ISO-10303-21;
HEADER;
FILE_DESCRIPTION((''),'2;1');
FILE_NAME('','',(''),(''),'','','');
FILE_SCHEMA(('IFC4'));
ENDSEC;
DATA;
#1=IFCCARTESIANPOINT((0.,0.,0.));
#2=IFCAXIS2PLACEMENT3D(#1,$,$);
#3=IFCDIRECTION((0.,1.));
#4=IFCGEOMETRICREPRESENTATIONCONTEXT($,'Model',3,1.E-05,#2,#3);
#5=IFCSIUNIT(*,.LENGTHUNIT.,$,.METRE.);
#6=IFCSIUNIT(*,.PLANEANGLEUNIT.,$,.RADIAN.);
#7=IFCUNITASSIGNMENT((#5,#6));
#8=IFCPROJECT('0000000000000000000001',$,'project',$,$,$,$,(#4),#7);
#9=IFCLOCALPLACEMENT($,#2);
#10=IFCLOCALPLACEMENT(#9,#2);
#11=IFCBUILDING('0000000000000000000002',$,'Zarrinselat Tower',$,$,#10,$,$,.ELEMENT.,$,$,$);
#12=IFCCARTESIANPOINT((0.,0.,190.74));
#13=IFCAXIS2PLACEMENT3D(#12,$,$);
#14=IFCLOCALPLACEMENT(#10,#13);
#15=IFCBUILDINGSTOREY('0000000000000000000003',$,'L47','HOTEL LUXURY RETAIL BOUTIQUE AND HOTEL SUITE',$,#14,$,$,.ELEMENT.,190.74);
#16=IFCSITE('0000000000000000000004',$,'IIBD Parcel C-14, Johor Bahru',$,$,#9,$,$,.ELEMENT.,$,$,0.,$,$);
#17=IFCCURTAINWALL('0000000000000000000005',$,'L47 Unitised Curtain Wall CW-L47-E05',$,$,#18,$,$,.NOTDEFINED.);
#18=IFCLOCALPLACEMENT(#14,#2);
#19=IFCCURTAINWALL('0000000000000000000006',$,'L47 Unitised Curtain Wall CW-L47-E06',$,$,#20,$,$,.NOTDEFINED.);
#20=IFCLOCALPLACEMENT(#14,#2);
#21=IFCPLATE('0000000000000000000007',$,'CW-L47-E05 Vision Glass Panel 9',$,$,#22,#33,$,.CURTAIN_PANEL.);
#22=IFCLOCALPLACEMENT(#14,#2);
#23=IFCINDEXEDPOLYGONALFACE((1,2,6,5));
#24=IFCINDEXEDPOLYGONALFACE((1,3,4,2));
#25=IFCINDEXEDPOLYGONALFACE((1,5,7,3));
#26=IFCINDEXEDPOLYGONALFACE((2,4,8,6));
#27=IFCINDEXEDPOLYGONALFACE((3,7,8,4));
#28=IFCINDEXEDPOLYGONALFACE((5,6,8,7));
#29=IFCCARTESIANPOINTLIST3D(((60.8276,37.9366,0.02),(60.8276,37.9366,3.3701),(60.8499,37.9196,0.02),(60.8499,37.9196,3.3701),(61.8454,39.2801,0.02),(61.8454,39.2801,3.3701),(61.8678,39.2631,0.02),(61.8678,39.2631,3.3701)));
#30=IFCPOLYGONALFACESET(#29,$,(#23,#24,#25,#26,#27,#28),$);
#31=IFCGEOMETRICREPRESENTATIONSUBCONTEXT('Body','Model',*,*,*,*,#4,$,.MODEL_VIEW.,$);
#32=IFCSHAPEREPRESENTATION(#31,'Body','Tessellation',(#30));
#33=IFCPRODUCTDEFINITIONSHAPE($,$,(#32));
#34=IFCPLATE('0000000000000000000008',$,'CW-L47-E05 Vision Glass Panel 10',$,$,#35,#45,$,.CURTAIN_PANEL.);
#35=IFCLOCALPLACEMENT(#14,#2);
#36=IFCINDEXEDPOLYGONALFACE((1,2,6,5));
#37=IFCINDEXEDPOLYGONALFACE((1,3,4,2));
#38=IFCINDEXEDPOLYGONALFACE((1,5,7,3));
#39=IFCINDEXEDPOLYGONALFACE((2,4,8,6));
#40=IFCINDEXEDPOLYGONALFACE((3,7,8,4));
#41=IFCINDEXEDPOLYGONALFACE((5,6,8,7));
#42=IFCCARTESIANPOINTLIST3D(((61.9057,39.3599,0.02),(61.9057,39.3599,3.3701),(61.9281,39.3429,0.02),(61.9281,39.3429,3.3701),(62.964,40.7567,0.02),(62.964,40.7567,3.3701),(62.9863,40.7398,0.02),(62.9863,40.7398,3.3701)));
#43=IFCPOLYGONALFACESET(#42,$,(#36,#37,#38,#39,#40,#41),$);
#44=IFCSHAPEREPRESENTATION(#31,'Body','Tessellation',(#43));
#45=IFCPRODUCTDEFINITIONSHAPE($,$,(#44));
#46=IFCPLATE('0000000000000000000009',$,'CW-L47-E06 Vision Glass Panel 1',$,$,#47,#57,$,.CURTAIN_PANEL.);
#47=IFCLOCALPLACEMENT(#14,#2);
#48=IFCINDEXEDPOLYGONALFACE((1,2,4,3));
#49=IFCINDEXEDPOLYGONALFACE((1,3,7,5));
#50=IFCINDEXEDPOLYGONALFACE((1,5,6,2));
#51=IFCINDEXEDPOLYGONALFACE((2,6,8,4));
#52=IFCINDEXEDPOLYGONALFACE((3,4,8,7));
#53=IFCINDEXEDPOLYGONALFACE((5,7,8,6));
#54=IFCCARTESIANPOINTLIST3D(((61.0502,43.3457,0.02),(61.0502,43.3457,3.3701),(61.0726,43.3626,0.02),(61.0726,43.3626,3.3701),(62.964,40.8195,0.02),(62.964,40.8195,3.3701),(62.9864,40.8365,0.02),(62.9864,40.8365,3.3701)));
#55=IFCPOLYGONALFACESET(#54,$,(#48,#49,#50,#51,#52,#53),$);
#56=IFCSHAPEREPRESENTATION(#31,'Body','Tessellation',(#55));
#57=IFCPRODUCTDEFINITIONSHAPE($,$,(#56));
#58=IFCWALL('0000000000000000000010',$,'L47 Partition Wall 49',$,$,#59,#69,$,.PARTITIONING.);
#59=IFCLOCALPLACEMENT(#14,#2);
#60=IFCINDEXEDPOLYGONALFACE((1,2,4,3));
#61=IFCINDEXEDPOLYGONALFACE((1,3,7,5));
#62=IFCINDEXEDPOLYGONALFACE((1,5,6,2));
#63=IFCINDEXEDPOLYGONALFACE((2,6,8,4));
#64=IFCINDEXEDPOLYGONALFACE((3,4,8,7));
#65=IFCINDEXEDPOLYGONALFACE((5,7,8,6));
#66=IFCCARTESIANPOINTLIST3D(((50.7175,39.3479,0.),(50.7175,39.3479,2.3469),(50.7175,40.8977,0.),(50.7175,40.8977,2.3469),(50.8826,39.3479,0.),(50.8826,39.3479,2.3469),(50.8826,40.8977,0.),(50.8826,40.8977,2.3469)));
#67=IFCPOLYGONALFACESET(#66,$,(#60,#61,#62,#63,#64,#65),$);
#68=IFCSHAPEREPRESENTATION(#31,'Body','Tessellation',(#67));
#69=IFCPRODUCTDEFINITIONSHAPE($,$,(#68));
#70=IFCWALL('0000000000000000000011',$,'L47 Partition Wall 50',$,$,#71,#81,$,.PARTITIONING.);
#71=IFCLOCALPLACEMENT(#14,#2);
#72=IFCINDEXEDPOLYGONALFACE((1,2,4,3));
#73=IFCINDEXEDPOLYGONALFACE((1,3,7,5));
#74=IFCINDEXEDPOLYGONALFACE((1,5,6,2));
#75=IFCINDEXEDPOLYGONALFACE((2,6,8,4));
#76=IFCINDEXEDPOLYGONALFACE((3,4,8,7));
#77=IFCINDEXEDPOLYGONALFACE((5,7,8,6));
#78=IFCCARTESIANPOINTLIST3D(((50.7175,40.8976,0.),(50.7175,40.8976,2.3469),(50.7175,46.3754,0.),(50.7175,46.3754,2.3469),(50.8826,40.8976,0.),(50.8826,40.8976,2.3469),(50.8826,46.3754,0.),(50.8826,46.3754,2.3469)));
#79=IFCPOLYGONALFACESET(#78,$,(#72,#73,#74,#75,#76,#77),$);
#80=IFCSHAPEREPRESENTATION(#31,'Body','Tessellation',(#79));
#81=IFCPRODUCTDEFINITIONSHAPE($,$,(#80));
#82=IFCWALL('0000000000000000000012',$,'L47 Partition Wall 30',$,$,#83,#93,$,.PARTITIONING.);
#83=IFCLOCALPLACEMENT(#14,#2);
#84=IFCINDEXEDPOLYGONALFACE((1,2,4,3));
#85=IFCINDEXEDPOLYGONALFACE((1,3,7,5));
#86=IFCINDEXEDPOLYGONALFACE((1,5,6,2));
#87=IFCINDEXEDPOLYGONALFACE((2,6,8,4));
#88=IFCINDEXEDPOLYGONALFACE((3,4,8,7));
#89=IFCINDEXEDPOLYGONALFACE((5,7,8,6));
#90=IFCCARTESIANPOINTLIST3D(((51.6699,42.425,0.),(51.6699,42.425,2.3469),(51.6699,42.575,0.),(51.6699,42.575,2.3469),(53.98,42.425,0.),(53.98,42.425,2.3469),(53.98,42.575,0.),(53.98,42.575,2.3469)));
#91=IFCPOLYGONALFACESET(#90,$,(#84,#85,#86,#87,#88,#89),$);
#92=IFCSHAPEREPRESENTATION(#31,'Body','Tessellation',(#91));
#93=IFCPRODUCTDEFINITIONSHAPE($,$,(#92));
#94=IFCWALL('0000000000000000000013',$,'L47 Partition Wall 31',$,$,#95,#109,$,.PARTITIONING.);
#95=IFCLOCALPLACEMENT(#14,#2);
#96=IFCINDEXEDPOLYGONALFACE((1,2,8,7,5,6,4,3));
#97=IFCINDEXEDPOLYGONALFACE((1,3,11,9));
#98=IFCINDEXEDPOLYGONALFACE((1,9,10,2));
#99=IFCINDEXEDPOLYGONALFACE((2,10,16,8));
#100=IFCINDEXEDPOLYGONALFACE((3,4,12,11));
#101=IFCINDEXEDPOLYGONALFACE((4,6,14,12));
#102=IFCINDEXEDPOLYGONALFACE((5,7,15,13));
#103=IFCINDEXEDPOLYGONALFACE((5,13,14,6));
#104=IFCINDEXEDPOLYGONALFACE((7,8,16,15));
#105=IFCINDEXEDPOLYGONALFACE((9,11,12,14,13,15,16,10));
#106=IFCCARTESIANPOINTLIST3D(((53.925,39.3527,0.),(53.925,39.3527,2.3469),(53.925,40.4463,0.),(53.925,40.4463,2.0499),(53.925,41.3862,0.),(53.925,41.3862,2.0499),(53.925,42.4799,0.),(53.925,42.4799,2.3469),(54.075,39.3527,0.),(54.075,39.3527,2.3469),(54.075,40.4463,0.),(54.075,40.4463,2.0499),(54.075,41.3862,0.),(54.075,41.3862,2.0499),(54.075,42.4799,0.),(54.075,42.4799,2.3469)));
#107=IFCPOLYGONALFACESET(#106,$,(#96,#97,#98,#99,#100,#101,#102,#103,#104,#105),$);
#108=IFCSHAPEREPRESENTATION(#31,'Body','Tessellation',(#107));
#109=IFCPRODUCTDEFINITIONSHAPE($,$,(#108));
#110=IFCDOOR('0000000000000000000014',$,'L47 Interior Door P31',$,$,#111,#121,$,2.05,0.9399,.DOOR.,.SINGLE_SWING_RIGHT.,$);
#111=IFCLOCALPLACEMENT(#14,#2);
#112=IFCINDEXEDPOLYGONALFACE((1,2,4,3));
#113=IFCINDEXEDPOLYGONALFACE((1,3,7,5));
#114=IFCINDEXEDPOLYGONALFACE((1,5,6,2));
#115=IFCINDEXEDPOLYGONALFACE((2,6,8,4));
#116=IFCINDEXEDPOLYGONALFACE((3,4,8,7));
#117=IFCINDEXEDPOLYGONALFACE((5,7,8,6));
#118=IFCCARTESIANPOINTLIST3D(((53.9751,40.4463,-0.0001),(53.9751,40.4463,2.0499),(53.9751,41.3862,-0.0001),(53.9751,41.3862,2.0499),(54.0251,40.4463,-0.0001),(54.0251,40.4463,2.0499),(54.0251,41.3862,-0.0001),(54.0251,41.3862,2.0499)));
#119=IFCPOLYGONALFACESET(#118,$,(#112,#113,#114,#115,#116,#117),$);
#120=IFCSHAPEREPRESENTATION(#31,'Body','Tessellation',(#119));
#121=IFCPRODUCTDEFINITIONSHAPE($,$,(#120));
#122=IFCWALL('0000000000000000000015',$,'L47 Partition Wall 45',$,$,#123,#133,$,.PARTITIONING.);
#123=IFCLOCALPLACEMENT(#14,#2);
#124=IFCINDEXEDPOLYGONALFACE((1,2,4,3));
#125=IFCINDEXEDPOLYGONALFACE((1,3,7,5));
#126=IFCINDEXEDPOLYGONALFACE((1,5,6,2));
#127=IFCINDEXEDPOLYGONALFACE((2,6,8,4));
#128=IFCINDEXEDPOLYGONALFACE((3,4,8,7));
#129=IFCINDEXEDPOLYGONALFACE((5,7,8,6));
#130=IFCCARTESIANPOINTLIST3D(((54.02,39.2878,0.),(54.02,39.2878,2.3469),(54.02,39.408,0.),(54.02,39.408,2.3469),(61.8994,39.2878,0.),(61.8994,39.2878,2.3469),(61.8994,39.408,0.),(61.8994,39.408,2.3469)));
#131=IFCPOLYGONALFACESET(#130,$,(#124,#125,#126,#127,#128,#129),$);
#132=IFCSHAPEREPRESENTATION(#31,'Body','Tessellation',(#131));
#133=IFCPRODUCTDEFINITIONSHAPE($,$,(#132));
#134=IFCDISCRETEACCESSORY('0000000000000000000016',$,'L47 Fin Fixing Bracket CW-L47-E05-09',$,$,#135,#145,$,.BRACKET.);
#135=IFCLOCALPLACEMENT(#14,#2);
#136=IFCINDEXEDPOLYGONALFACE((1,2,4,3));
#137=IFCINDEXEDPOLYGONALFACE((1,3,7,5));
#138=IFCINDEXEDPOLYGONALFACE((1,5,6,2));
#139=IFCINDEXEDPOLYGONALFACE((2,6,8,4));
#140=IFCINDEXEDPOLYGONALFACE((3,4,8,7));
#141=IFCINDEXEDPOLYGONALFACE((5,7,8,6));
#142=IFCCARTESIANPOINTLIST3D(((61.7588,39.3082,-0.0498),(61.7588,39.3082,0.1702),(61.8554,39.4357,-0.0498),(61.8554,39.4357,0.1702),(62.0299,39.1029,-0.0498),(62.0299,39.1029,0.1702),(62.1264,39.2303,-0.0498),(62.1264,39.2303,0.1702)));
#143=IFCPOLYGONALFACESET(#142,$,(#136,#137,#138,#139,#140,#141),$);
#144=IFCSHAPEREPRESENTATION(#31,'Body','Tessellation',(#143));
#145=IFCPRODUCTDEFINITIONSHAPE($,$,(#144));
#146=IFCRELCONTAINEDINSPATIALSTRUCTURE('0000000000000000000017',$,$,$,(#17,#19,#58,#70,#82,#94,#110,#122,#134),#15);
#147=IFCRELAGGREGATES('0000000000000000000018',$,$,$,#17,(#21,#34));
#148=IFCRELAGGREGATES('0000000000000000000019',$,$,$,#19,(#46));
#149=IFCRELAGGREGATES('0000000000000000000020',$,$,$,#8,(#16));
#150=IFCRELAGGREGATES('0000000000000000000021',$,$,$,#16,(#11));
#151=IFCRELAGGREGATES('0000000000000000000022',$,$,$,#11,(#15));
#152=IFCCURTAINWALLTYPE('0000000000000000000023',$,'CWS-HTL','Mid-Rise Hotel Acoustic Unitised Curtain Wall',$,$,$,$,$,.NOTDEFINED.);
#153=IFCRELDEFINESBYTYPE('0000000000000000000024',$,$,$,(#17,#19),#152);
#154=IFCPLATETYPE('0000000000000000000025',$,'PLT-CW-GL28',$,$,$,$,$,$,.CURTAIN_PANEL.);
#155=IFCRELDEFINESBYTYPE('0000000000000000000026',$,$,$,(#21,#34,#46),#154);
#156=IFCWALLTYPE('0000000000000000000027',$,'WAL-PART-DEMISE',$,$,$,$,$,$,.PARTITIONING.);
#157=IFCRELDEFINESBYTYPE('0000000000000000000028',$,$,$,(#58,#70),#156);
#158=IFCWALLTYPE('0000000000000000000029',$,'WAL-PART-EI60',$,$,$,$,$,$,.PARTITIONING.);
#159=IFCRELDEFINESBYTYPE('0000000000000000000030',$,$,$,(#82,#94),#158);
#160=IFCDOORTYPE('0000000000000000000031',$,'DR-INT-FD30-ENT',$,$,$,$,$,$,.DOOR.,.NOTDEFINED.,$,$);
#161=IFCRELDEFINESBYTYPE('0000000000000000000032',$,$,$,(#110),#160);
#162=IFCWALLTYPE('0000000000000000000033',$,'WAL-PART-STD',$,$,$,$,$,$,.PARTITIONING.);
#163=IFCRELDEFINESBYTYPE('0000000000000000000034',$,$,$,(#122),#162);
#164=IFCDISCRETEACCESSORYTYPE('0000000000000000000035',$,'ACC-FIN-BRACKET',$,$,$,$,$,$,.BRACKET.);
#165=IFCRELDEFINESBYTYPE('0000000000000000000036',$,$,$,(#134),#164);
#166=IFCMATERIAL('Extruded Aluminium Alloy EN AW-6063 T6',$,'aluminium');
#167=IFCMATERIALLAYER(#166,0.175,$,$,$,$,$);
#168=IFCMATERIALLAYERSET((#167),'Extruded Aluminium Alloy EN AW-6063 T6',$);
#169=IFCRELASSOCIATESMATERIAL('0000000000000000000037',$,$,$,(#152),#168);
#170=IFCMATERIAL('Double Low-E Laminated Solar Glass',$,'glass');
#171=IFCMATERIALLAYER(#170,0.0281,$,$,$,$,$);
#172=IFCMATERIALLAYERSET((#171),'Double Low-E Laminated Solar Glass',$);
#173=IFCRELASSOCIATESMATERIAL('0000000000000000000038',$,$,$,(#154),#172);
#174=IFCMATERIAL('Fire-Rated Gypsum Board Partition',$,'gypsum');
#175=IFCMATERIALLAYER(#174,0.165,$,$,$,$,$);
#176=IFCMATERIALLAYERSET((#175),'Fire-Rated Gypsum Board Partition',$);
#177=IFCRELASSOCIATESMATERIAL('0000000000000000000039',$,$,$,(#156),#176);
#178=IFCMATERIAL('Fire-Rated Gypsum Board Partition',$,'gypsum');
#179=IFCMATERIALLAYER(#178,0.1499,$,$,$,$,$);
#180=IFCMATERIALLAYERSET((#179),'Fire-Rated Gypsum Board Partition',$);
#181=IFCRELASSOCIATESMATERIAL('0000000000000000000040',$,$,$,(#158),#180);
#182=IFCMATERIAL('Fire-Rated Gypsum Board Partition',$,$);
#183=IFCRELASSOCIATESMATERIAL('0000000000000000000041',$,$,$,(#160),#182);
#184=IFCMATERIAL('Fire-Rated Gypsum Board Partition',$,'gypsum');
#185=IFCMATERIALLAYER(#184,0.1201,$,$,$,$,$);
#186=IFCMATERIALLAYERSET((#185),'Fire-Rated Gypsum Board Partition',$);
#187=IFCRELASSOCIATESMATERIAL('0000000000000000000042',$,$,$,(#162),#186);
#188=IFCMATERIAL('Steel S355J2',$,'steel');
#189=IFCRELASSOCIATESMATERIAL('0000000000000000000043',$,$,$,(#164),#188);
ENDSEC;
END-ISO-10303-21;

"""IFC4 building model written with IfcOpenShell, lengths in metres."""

from ifc_helpers import new_model, si_unit, direction, frame, frame_2d, origin, origin_2d, place, context, subcontext, project, spatial, rectangle, extrude, material, layer, layer_set, type_object, element, fill, aggregate, save


model = new_model("IFC4")

# Units and contexts
model_context = context("Model", 3, precision=1e-05, world=origin(), true_north=direction((0.0, 1.0)))
body_context = subcontext(model_context, "Body", "Model", "MODEL_VIEW")
ifc_project = project(units=[si_unit("LENGTHUNIT", "METRE"), si_unit("PLANEANGLEUNIT", "RADIAN")], contexts=[model_context])

# Site, building, storey
site_placement = place(None, origin())
site = spatial("IfcSite", under=ifc_project, at=site_placement, Name="IIBD Parcel C-14, Johor Bahru", CompositionType="ELEMENT", RefElevation=0.0)
building_placement = place(site_placement, origin())
building = spatial("IfcBuilding", under=site, at=building_placement, Name="Zarrinselat Tower", CompositionType="ELEMENT")
storey_placement = place(building_placement, frame((0.0, 0.0, 190.74)))
storey = spatial("IfcBuildingStorey", under=building, at=storey_placement, Name="L47", Description="HOTEL LUXURY RETAIL BOUTIQUE AND HOTEL SUITE", CompositionType="ELEMENT", Elevation=190.74)

# Curtain wall
ifc_material_1 = material(Name="Extruded Aluminium Alloy EN AW-6063 T6", Category="aluminium")
ifc_layer_1 = layer(ifc_material_1, 0.175)
ifc_layer_set_1 = layer_set([ifc_layer_1], Name="Extruded Aluminium Alloy EN AW-6063 T6")
curtain_wall_type = type_object("IfcCurtainWallType", Name="CWS-HTL", Description="Mid-Rise Hotel Acoustic Unitised Curtain Wall", PredefinedType="NOTDEFINED", material=ifc_layer_set_1)
curtain_wall_1_placement = place(storey_placement, origin())
curtain_wall_1 = element("IfcCurtainWall", 1, at=curtain_wall_1_placement, inside=storey, type_object=curtain_wall_type, Name="L47 Unitised Curtain Wall CW-L47-E05", PredefinedType="NOTDEFINED")

# Curtain wall
curtain_wall_2_placement = place(storey_placement, origin())
curtain_wall_2 = element("IfcCurtainWall", 2, at=curtain_wall_2_placement, inside=storey, type_object=curtain_wall_type, Name="L47 Unitised Curtain Wall CW-L47-E06", PredefinedType="NOTDEFINED")

# Plates
ifc_material_2 = material(Name="Double Low-E Laminated Solar Glass", Category="glass")
ifc_layer_2 = layer(ifc_material_2, 0.0281)
ifc_layer_set_2 = layer_set([ifc_layer_2], Name="Double Low-E Laminated Solar Glass")
plate_type = type_object("IfcPlateType", Name="PLT-CW-GL28", PredefinedType="CURTAIN_PANEL", material=ifc_layer_set_2)
plate_1_placement = place(storey_placement, frame((61.3477, 38.5999, 0.02), z_axis=(0.0, 0.0, 1.0), x_axis=(0.603857, 0.797093, 0.0)))
plate_1 = element("IfcPlate", 3, at=plate_1_placement, type_object=plate_type, Name="CW-L47-E05 Vision Glass Panel 9", PredefinedType="CURTAIN_PANEL", context=body_context, shape_type="SweptSolid", body=[
    extrude(rectangle(XDim=1.6855, YDim=0.0281, at=origin_2d()), origin(), (0.0, 0.0, 1.0), 3.3501),
])
plate_2_placement = place(storey_placement, frame((62.446, 40.0498, 0.02), z_axis=(0.0, 0.0, 1.0), x_axis=(0.603857, 0.797093, 0.0)))
plate_2 = element("IfcPlate", 4, at=plate_2_placement, type_object=plate_type, Name="CW-L47-E05 Vision Glass Panel 10", PredefinedType="CURTAIN_PANEL", context=body_context, shape_type="SweptSolid", body=[
    extrude(rectangle(XDim=1.7524, YDim=0.0281, at=origin_2d()), origin(), (0.0, 0.0, 1.0), 3.3501),
])
aggregate(curtain_wall_1, [plate_1, plate_2])
plate_3_placement = place(storey_placement, frame((62.0183, 42.0911, 0.02), z_axis=(0.0, 0.0, 1.0), x_axis=(-0.603861, 0.79709, 0.0)))
plate_3 = element("IfcPlate", 5, at=plate_3_placement, type_object=plate_type, Name="CW-L47-E06 Vision Glass Panel 1", PredefinedType="CURTAIN_PANEL", context=body_context, shape_type="SweptSolid", body=[
    extrude(rectangle(XDim=3.1692, YDim=0.0281, at=origin_2d()), origin(), (0.0, 0.0, 1.0), 3.3501),
])
aggregate(curtain_wall_2, [plate_3])

# Walls
ifc_material_3 = material(Name="Fire-Rated Gypsum Board Partition", Category="gypsum")
ifc_layer_3 = layer(ifc_material_3, 0.165)
ifc_layer_set_3 = layer_set([ifc_layer_3], Name="Fire-Rated Gypsum Board Partition")
wall_type_1 = type_object("IfcWallType", Name="WAL-PART-DEMISE", PredefinedType="PARTITIONING", material=ifc_layer_set_3)
wall_1_placement = place(storey_placement, frame((50.8, 39.3479, 0.0), z_axis=(0.0, 0.0, 1.0), x_axis=(0.0, 1.0, 0.0)))
element("IfcWall", 6, at=wall_1_placement, inside=storey, type_object=wall_type_1, Name="L47 Partition Wall 49", PredefinedType="PARTITIONING", context=body_context, shape_type="SweptSolid", body=[
    extrude(rectangle(XDim=1.5498, YDim=0.165, at=frame_2d((0.7749, 0.0))), origin(), (0.0, 0.0, 1.0), 2.3469),
])
wall_2_placement = place(storey_placement, frame((50.8, 40.8977, 0.0), z_axis=(0.0, 0.0, 1.0), x_axis=(0.0, 1.0, 0.0)))
element("IfcWall", 7, at=wall_2_placement, inside=storey, type_object=wall_type_1, Name="L47 Partition Wall 50", PredefinedType="PARTITIONING", context=body_context, shape_type="SweptSolid", body=[
    extrude(rectangle(XDim=5.4778, YDim=0.165, at=frame_2d((2.7388, 0.0))), origin(), (0.0, 0.0, 1.0), 2.3469),
])
ifc_material_4 = material(Name="Fire-Rated Gypsum Board Partition", Category="gypsum")
ifc_layer_4 = layer(ifc_material_4, 0.1499)
ifc_layer_set_4 = layer_set([ifc_layer_4], Name="Fire-Rated Gypsum Board Partition")
wall_type_2 = type_object("IfcWallType", Name="WAL-PART-EI60", PredefinedType="PARTITIONING", material=ifc_layer_set_4)
wall_3_placement = place(storey_placement, frame((51.6699, 42.5, 0.0), z_axis=(0.0, 0.0, 1.0), x_axis=(1.0, 0.0, 0.0)))
element("IfcWall", 8, at=wall_3_placement, inside=storey, type_object=wall_type_2, Name="L47 Partition Wall 30", PredefinedType="PARTITIONING", context=body_context, shape_type="SweptSolid", body=[
    extrude(rectangle(XDim=2.3101, YDim=0.1499, at=frame_2d((1.155, 0.0))), origin(), (0.0, 0.0, 1.0), 2.3469),
])

# Wall, opening, door
wall_4_placement = place(storey_placement, frame((54.0, 39.3528, 0.0), z_axis=(0.0, 0.0, 1.0), x_axis=(0.0, 1.0, 0.0)))
wall_4 = element("IfcWall", 9, at=wall_4_placement, inside=storey, type_object=wall_type_2, Name="L47 Partition Wall 31", PredefinedType="PARTITIONING", context=body_context, shape_type="SweptSolid", body=[
    extrude(rectangle(XDim=3.1272, YDim=0.1499, at=frame_2d((1.5635, 0.0))), origin(), (0.0, 0.0, 1.0), 2.3469),
])
opening_placement = place(wall_4_placement, frame((1.0935, 0.0, 0.0)))
opening = element("IfcOpeningElement", 10, at=opening_placement, cuts=wall_4, PredefinedType="OPENING", context=body_context, shape_type="SweptSolid", body=[
    extrude(rectangle(XDim=0.9399, YDim=2.05, at=frame_2d((0.47, 1.0249))), frame((0.0, 0.085, 0.0), z_axis=(0.0, -1.0, 0.0), x_axis=(1.0, 0.0, 0.0)), (0.0, 0.0, 1.0), 0.1699),
])
ifc_material_5 = material(Name="Fire-Rated Gypsum Board Partition")
door_type = type_object("IfcDoorType", Name="DR-INT-FD30-ENT", OperationType="NOTDEFINED", PredefinedType="DOOR", material=ifc_material_5)
door_placement = place(opening_placement, origin())
door = element("IfcDoor", 11, at=door_placement, inside=storey, type_object=door_type, Name="L47 Interior Door P31", OperationType="SINGLE_SWING_RIGHT", OverallHeight=2.05, OverallWidth=0.9399, PredefinedType="DOOR", context=body_context, shape_type="SweptSolid", body=[
    extrude(rectangle(XDim=0.9399, YDim=2.05, at=frame_2d((0.47, 1.0249))), frame((0.0, 0.0249, 0.0), z_axis=(0.0, -1.0, 0.0), x_axis=(1.0, 0.0, 0.0)), (0.0, 0.0, 1.0), 0.05),
])
fill(opening, door)

# Wall
ifc_material_6 = material(Name="Fire-Rated Gypsum Board Partition", Category="gypsum")
ifc_layer_5 = layer(ifc_material_6, 0.1201)
ifc_layer_set_5 = layer_set([ifc_layer_5], Name="Fire-Rated Gypsum Board Partition")
wall_type_3 = type_object("IfcWallType", Name="WAL-PART-STD", PredefinedType="PARTITIONING", material=ifc_layer_set_5)
wall_5_placement = place(storey_placement, frame((54.02, 39.3479, 0.0), z_axis=(0.0, 0.0, 1.0), x_axis=(1.0, 0.0, 0.0)))
element("IfcWall", 12, at=wall_5_placement, inside=storey, type_object=wall_type_3, Name="L47 Partition Wall 45", PredefinedType="PARTITIONING", context=body_context, shape_type="SweptSolid", body=[
    extrude(rectangle(XDim=7.8794, YDim=0.1201, at=frame_2d((3.9397, 0.0))), origin(), (0.0, 0.0, 1.0), 2.3469),
])

# Discrete accessory
ifc_material_7 = material(Name="Steel S355J2", Category="steel")
discrete_accessory_type = type_object("IfcDiscreteAccessoryType", Name="ACC-FIN-BRACKET", PredefinedType="BRACKET", material=ifc_material_7)
discrete_accessory_placement = place(storey_placement, frame((61.9426, 39.2693, -0.0498), z_axis=(0.0, 0.0, 1.0), x_axis=(0.797093, -0.603857, 0.0)))
element("IfcDiscreteAccessory", 13, at=discrete_accessory_placement, inside=storey, type_object=discrete_accessory_type, Name="L47 Fin Fixing Bracket CW-L47-E05-09", PredefinedType="BRACKET", context=body_context, shape_type="SweptSolid", body=[
    extrude(rectangle(XDim=0.3401, YDim=0.1599, at=origin_2d()), origin(), (0.0, 0.0, 1.0), 0.22),
])

save(model, "model.ifc")
